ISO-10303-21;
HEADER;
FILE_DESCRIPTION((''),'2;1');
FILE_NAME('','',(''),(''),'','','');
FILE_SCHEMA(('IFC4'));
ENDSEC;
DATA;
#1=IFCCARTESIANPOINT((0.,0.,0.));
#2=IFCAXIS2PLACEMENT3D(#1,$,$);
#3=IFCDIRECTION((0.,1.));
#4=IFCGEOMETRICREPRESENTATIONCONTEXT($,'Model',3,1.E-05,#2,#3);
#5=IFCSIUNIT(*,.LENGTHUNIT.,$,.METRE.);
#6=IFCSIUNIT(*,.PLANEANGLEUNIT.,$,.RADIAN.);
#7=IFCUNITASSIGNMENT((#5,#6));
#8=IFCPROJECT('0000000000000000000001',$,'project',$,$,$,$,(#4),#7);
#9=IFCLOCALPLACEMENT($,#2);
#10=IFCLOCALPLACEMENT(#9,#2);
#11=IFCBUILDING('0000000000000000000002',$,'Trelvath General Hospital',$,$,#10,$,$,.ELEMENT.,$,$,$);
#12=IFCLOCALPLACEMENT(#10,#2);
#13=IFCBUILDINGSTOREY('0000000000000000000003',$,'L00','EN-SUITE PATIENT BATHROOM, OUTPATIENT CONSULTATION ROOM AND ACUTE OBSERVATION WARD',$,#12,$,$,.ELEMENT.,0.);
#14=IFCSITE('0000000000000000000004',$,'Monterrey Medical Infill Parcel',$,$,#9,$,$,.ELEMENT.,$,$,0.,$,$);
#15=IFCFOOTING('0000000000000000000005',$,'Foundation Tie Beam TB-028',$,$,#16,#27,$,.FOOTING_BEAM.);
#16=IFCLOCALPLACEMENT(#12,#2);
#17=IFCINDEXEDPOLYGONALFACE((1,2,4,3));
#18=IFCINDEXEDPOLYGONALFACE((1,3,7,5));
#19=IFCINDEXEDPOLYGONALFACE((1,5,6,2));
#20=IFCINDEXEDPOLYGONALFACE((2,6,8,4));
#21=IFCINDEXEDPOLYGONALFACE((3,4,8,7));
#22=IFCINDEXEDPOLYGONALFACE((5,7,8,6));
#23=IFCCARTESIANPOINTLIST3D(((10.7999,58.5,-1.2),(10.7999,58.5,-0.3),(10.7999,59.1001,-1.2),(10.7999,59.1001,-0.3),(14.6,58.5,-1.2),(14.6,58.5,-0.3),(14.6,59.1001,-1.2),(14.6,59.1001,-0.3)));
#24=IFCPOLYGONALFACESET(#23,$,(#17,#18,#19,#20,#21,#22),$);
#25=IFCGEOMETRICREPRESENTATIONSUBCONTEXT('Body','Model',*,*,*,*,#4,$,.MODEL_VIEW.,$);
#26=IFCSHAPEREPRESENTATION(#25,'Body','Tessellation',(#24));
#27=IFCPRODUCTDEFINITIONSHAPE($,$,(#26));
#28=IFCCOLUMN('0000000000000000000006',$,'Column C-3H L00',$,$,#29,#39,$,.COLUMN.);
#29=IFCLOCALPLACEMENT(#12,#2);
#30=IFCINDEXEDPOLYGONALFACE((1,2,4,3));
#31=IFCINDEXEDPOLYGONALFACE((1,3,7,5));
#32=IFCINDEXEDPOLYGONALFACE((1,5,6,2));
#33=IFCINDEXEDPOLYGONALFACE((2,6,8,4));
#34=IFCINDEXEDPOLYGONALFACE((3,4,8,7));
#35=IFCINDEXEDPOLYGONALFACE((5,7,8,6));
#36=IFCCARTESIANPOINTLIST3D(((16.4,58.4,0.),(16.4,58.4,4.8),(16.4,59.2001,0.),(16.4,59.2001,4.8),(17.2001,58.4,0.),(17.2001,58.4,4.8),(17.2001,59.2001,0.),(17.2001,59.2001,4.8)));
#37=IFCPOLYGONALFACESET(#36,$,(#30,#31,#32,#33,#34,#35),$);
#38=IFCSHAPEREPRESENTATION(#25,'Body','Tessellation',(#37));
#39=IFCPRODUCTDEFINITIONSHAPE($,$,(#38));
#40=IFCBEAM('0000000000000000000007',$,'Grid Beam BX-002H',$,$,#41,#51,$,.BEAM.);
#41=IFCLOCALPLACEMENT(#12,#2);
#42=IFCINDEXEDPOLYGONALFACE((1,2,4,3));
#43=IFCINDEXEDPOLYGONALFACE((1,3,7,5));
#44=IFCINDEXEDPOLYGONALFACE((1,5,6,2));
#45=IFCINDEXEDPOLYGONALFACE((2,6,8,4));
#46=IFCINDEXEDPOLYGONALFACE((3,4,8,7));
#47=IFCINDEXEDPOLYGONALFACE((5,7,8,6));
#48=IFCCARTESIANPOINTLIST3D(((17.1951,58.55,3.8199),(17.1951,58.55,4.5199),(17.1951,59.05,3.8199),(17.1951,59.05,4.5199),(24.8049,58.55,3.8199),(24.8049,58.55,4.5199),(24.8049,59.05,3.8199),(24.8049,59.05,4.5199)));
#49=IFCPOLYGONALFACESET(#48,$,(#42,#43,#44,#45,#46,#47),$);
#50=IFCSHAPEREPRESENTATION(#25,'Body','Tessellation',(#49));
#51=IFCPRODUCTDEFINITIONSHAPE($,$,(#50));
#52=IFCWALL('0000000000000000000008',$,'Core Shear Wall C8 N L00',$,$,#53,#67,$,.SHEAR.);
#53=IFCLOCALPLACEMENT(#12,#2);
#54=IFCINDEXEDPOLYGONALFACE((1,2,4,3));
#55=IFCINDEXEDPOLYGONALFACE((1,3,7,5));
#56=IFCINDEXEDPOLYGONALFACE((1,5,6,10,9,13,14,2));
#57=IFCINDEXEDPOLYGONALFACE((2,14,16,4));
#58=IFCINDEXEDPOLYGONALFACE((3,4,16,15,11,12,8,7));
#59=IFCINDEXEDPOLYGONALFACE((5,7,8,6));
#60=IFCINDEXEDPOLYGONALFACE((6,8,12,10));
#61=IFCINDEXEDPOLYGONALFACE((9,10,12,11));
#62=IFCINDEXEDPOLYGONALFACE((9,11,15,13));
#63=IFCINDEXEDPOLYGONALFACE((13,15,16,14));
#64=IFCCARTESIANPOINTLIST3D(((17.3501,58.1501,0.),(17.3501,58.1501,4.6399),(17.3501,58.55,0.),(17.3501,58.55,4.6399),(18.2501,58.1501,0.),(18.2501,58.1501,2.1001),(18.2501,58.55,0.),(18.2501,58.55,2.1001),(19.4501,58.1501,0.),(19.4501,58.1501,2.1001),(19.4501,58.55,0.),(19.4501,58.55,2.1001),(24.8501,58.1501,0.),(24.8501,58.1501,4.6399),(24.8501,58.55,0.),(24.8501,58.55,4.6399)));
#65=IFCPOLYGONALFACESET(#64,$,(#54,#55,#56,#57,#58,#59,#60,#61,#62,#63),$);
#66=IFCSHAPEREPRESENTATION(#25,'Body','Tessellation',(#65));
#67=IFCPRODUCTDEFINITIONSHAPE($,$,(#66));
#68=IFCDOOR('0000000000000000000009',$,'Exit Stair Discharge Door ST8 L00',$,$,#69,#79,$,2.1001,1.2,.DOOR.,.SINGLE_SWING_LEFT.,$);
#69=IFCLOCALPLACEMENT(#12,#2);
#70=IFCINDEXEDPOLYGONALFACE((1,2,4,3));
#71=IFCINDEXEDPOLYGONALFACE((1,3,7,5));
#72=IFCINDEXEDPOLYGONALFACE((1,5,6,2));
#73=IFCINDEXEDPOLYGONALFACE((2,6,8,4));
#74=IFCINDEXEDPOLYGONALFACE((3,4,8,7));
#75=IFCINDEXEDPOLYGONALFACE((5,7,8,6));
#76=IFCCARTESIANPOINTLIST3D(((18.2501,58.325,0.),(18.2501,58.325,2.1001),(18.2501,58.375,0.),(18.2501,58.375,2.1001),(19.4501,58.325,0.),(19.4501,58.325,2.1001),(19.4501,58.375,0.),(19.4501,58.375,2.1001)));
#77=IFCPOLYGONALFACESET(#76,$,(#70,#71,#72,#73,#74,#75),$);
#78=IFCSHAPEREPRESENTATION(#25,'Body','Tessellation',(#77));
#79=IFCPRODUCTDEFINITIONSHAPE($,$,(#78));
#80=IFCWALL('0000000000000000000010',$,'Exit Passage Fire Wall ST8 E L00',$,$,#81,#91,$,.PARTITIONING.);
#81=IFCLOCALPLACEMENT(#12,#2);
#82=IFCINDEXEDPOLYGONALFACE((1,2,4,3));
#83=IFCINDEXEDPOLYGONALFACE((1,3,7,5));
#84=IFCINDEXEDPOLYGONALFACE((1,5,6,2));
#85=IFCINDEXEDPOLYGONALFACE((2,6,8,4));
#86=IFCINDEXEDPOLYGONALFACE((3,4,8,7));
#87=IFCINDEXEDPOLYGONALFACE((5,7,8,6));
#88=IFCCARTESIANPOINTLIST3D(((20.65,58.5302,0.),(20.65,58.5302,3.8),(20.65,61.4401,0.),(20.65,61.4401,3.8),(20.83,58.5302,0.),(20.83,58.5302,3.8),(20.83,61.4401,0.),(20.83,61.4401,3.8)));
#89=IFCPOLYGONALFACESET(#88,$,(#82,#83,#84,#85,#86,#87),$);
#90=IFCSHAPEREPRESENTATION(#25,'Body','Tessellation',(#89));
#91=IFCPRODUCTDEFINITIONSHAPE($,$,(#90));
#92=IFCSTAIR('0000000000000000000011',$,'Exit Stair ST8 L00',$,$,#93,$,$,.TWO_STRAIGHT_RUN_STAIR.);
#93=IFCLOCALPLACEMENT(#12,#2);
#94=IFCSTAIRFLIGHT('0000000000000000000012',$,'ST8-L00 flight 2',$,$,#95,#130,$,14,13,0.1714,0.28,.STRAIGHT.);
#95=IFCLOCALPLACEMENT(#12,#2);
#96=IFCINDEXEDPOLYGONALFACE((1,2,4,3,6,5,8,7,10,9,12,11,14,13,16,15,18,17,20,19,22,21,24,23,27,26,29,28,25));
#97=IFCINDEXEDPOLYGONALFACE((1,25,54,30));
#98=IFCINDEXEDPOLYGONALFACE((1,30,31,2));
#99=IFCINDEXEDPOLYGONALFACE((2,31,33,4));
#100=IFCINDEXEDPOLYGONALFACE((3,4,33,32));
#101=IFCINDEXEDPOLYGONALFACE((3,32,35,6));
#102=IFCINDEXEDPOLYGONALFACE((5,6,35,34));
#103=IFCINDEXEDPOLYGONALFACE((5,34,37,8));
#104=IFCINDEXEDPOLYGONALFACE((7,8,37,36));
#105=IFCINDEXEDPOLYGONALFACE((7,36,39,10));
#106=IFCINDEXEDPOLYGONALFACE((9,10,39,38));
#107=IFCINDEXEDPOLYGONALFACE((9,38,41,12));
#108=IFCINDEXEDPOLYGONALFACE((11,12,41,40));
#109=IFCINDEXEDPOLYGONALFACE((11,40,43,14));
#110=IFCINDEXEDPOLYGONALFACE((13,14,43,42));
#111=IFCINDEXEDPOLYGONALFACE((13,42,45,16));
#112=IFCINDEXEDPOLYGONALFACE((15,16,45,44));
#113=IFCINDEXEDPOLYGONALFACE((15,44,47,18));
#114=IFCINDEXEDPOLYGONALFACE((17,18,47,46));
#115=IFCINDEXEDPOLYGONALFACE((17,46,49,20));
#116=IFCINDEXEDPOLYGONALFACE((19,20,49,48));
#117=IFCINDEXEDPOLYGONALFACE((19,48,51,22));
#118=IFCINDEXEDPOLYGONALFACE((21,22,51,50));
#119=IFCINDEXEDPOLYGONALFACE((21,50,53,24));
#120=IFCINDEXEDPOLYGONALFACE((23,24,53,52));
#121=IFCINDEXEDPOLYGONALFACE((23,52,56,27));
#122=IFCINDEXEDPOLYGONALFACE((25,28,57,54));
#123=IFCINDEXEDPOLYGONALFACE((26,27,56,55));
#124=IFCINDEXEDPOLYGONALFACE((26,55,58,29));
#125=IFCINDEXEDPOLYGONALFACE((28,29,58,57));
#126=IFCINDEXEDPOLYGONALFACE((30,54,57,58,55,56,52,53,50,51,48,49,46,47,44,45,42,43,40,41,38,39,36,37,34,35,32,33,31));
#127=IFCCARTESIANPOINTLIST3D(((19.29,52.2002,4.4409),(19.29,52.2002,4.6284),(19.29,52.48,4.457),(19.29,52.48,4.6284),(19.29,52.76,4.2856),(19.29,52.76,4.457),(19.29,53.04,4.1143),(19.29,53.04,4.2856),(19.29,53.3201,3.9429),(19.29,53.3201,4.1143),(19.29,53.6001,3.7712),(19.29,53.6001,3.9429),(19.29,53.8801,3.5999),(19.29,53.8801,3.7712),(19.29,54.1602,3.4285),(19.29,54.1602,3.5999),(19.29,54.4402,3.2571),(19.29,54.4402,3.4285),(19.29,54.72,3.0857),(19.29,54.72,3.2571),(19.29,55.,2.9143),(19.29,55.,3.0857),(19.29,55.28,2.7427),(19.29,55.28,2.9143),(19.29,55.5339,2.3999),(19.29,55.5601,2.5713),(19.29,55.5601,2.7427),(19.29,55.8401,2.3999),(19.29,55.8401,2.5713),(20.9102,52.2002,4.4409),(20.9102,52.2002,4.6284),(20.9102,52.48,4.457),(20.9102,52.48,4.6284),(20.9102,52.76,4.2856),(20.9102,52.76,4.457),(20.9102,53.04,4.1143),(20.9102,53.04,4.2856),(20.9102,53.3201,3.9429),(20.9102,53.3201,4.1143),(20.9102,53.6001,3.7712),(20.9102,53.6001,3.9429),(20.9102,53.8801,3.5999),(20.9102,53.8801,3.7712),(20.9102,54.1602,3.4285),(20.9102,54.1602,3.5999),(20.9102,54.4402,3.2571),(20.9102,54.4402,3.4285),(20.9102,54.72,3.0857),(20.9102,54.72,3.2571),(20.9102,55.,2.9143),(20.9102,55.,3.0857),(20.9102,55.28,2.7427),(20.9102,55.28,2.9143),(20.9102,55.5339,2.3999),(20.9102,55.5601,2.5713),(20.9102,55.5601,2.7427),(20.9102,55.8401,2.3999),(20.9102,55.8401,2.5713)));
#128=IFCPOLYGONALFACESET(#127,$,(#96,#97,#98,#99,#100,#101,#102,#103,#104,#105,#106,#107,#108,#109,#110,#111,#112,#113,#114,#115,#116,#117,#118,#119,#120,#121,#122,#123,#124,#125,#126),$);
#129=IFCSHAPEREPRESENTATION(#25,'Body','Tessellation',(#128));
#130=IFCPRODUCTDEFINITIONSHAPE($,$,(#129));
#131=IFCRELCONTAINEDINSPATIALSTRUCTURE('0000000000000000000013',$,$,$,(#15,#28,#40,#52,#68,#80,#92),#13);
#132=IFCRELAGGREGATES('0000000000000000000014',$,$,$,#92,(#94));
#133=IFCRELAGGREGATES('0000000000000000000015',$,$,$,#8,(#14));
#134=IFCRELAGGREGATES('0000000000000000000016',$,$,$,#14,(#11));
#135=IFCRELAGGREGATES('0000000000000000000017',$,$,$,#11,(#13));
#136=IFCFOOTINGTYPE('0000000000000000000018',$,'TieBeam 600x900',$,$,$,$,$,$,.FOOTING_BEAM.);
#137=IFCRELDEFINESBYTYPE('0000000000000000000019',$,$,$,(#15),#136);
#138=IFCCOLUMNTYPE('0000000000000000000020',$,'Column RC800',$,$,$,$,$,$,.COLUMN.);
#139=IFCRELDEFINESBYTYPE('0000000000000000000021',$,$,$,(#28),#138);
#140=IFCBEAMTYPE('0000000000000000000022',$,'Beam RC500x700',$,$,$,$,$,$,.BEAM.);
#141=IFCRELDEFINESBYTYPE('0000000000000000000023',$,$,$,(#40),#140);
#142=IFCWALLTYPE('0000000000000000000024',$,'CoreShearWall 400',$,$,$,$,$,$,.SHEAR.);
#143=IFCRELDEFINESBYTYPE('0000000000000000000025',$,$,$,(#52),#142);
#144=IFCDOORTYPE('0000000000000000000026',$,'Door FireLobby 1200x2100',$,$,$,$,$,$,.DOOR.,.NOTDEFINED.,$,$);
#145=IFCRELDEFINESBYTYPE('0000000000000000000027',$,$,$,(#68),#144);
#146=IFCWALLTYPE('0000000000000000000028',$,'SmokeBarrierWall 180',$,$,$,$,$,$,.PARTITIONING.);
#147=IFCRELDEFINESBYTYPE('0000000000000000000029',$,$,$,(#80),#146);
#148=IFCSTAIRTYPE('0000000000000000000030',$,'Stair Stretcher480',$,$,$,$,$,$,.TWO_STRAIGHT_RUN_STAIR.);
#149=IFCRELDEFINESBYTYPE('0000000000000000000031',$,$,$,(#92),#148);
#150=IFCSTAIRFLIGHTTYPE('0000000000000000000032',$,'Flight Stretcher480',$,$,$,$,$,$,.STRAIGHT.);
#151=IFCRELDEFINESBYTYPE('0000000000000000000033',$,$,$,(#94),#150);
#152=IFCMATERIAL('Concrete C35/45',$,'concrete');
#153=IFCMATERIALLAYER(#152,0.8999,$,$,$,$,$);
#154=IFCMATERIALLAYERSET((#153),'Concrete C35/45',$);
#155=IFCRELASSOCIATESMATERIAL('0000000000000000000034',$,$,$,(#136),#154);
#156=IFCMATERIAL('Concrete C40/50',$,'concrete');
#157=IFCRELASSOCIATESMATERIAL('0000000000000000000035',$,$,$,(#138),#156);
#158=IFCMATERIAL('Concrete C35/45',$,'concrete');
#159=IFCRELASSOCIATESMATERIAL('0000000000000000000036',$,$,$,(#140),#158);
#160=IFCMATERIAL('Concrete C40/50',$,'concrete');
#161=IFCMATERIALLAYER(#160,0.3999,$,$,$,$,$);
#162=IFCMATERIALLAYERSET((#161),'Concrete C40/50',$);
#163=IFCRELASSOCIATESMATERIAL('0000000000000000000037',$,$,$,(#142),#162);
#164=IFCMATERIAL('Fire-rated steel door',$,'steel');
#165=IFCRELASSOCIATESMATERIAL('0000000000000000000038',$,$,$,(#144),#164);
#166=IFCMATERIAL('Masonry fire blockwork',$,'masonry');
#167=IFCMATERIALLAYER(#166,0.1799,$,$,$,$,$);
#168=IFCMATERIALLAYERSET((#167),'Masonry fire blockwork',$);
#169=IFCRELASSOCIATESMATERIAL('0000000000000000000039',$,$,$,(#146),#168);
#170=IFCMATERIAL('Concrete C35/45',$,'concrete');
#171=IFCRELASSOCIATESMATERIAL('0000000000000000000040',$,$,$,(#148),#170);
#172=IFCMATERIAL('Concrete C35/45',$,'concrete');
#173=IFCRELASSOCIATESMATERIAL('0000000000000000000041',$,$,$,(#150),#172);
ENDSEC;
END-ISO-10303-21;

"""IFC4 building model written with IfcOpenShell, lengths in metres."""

from ifc_helpers import new_model, si_unit, direction, frame, frame_2d, origin, origin_2d, place, context, subcontext, project, spatial, polyline, rectangle, outline, extrude, material, layer, layer_set, material_profile, profile_set, type_object, element, fill, aggregate, save


model = new_model("IFC4")

# Units and contexts
model_context = context("Model", 3, precision=1e-05, world=origin(), true_north=direction((0.0, 1.0)))
body_context = subcontext(model_context, "Body", "Model", "MODEL_VIEW")
ifc_project = project(units=[si_unit("LENGTHUNIT", "METRE"), si_unit("PLANEANGLEUNIT", "RADIAN")], contexts=[model_context])

# Site, building, storey
site_placement = place(None, origin())
site = spatial("IfcSite", under=ifc_project, at=site_placement, Name="Monterrey Medical Infill Parcel", CompositionType="ELEMENT", RefElevation=0.0)
building_placement = place(site_placement, origin())
building = spatial("IfcBuilding", under=site, at=building_placement, Name="Trelvath General Hospital", CompositionType="ELEMENT")
storey_placement = place(building_placement, origin())
storey = spatial("IfcBuildingStorey", under=building, at=storey_placement, Name="L00", Description="EN-SUITE PATIENT BATHROOM, OUTPATIENT CONSULTATION ROOM AND ACUTE OBSERVATION WARD", CompositionType="ELEMENT", Elevation=0.0)

# Footing
ifc_material_1 = material(Name="Concrete C35/45", Category="concrete")
ifc_layer_1 = layer(ifc_material_1, 0.8999)
ifc_layer_set_1 = layer_set([ifc_layer_1], Name="Concrete C35/45")
footing_type_1 = type_object("IfcFootingType", Name="TieBeam 600x900", PredefinedType="FOOTING_BEAM", material=ifc_layer_set_1)
footing_1_placement = place(storey_placement, frame((12.7, 58.8, -1.2), z_axis=(0.0, 0.0, 1.0), x_axis=(1.0, 0.0, 0.0)))
element("IfcFooting", 1, at=footing_1_placement, inside=storey, type_object=footing_type_1, Name="Foundation Tie Beam TB-028", PredefinedType="FOOTING_BEAM", context=body_context, shape_type="SweptSolid", body=[
    extrude(rectangle(XDim=3.8, YDim=0.6001, at=origin_2d()), origin(), (0.0, 0.0, 1.0), 0.8999),
])

# Column
ifc_material_2 = material(Name="Concrete C40/50", Category="concrete")
ifc_material_profile_1 = material_profile(ifc_material_2, rectangle(XDim=0.8, YDim=0.8, at=origin_2d()), Name="RC800x800")
ifc_profile_set_1 = profile_set([ifc_material_profile_1], Name="Concrete C40/50")
column_type = type_object("IfcColumnType", Name="Column RC800", PredefinedType="COLUMN", material=ifc_profile_set_1)
column_placement = place(storey_placement, frame((16.8, 58.8, 0.0), z_axis=(0.0, 0.0, 1.0), x_axis=(1.0, 0.0, 0.0)))
element("IfcColumn", 2, at=column_placement, inside=storey, type_object=column_type, Name="Column C-3H L00", PredefinedType="COLUMN", context=body_context, shape_type="SweptSolid", body=[
    extrude(rectangle(XDim=0.8, YDim=0.8, at=origin_2d()), origin(), (0.0, 0.0, 1.0), 4.8),
])

# Beam
ifc_material_3 = material(Name="Concrete C35/45", Category="concrete")
ifc_material_profile_2 = material_profile(ifc_material_3, rectangle(XDim=0.5, YDim=0.7, at=origin_2d()), Name="RCB500x700")
ifc_profile_set_2 = profile_set([ifc_material_profile_2], Name="Concrete C35/45")
beam_type = type_object("IfcBeamType", Name="Beam RC500x700", PredefinedType="BEAM", material=ifc_profile_set_2)
beam_placement = place(storey_placement, frame((17.1951, 58.8, 4.1699), z_axis=(1.0, 0.0, 0.0), x_axis=(0.0, 1.0, 0.0)))
element("IfcBeam", 3, at=beam_placement, inside=storey, type_object=beam_type, Name="Grid Beam BX-002H", PredefinedType="BEAM", context=body_context, shape_type="SweptSolid", body=[
    extrude(rectangle(XDim=0.5, YDim=0.7, at=origin_2d()), origin(), (0.0, 0.0, 1.0), 7.6099),
])

# Wall, opening, door
ifc_material_4 = material(Name="Concrete C40/50", Category="concrete")
ifc_layer_2 = layer(ifc_material_4, 0.3999)
ifc_layer_set_2 = layer_set([ifc_layer_2], Name="Concrete C40/50")
wall_type_1 = type_object("IfcWallType", Name="CoreShearWall 400", PredefinedType="SHEAR", material=ifc_layer_set_2)
wall_1_placement = place(storey_placement, frame((17.3501, 58.3501, 0.0), z_axis=(0.0, 0.0, 1.0), x_axis=(1.0, 0.0, 0.0)))
wall_1 = element("IfcWall", 4, at=wall_1_placement, inside=storey, type_object=wall_type_1, Name="Core Shear Wall C8 N L00", PredefinedType="SHEAR", context=body_context, shape_type="SweptSolid", body=[
    extrude(rectangle(XDim=7.5, YDim=0.3999, at=frame_2d((3.75, 0.0))), origin(), (0.0, 0.0, 1.0), 4.6399),
])
opening_1_placement = place(wall_1_placement, frame((0.8999, 0.0, 0.0)))
opening_1 = element("IfcOpeningElement", 5, at=opening_1_placement, cuts=wall_1, PredefinedType="OPENING", context=body_context, shape_type="SweptSolid", body=[
    extrude(rectangle(XDim=1.2, YDim=2.1001, at=frame_2d((0.6001, 1.05))), frame((0.0, 0.21, 0.0), z_axis=(0.0, -1.0, 0.0), x_axis=(1.0, 0.0, 0.0)), (0.0, 0.0, 1.0), 0.4199),
])
ifc_material_5 = material(Name="Fire-rated steel door", Category="steel")
door_type_1 = type_object("IfcDoorType", Name="Door FireLobby 1200x2100", OperationType="NOTDEFINED", PredefinedType="DOOR", material=ifc_material_5)
door_1_placement = place(opening_1_placement, origin())
door_1 = element("IfcDoor", 6, at=door_1_placement, inside=storey, type_object=door_type_1, Name="Exit Stair Discharge Door ST8 L00", OperationType="SINGLE_SWING_LEFT", OverallHeight=2.1001, OverallWidth=1.2, PredefinedType="DOOR", context=body_context, shape_type="SweptSolid", body=[
    extrude(rectangle(XDim=1.2, YDim=2.1001, at=frame_2d((0.6001, 1.05))), frame((0.0, 0.0249, 0.0), z_axis=(0.0, -1.0, 0.0), x_axis=(1.0, 0.0, 0.0)), (0.0, 0.0, 1.0), 0.05),
])
fill(opening_1, door_1)

# Wall
ifc_material_6 = material(Name="Masonry fire blockwork", Category="masonry")
ifc_layer_3 = layer(ifc_material_6, 0.1799)
ifc_layer_set_3 = layer_set([ifc_layer_3], Name="Masonry fire blockwork")
wall_type_2 = type_object("IfcWallType", Name="SmokeBarrierWall 180", PredefinedType="PARTITIONING", material=ifc_layer_set_3)
wall_2_placement = place(storey_placement, frame((20.74, 58.53, 0.0), z_axis=(0.0, 0.0, 1.0), x_axis=(0.0, 1.0, 0.0)))
element("IfcWall", 7, at=wall_2_placement, inside=storey, type_object=wall_type_2, Name="Exit Passage Fire Wall ST8 E L00", PredefinedType="PARTITIONING", context=body_context, shape_type="SweptSolid", body=[
    extrude(rectangle(XDim=2.9099, YDim=0.1799, at=frame_2d((1.4551, 0.0))), origin(), (0.0, 0.0, 1.0), 3.8),
])

# Stair, stair flight
ifc_material_7 = material(Name="Concrete C35/45", Category="concrete")
stair_type = type_object("IfcStairType", Name="Stair Stretcher480", PredefinedType="TWO_STRAIGHT_RUN_STAIR", material=ifc_material_7)
stair_placement = place(storey_placement, origin())
stair = element("IfcStair", 8, at=stair_placement, inside=storey, type_object=stair_type, Name="Exit Stair ST8 L00", PredefinedType="TWO_STRAIGHT_RUN_STAIR")
ifc_material_8 = material(Name="Concrete C35/45", Category="concrete")
stair_flight_type = type_object("IfcStairFlightType", Name="Flight Stretcher480", PredefinedType="STRAIGHT", material=ifc_material_8)
stair_flight_placement = place(storey_placement, frame((20.1001, 55.8401, 2.3999), z_axis=(0.0, 0.0, 1.0), x_axis=(0.0, -1.0, 0.0)))
stair_flight = element("IfcStairFlight", 9, at=stair_flight_placement, type_object=stair_flight_type, Name="ST8-L00 flight 2", NumberOfRisers=14, NumberOfTreads=13, PredefinedType="STRAIGHT", RiserHeight=0.1714, TreadLength=0.28, context=body_context, shape_type="SweptSolid", body=[
    extrude(outline(polyline([(0.0, 0.0), (0.0, 0.1714), (0.28, 0.1714), (0.28, 0.3428), (0.5601, 0.3428), (0.5601, 0.5144), (0.8401, 0.5144), (0.8401, 0.6858), (1.1201, 0.6858), (1.1201, 0.8572), (1.3999, 0.8572), (1.3999, 1.0286), (1.6799, 1.0286), (1.6799, 1.2), (1.96, 1.2), (1.96, 1.3713), (2.24, 1.3713), (2.24, 1.543), (2.52, 1.543), (2.52, 1.7144), (2.8, 1.7144), (2.8, 1.8857), (3.0801, 1.8857), (3.0801, 2.0571), (3.3601, 2.0571), (3.3601, 2.2285), (3.6399, 2.2285), (3.6399, 2.3999), (3.6399, 2.041), (0.3062, 0.0), (0.0, 0.0)])), frame((0.0, 0.8101, 0.0), z_axis=(0.0, -1.0, 0.0), x_axis=(1.0, 0.0, 0.0)), (0.0, 0.0, 1.0), 1.6201),
])
aggregate(stair, [stair_flight])

save(model, "model.ifc")
